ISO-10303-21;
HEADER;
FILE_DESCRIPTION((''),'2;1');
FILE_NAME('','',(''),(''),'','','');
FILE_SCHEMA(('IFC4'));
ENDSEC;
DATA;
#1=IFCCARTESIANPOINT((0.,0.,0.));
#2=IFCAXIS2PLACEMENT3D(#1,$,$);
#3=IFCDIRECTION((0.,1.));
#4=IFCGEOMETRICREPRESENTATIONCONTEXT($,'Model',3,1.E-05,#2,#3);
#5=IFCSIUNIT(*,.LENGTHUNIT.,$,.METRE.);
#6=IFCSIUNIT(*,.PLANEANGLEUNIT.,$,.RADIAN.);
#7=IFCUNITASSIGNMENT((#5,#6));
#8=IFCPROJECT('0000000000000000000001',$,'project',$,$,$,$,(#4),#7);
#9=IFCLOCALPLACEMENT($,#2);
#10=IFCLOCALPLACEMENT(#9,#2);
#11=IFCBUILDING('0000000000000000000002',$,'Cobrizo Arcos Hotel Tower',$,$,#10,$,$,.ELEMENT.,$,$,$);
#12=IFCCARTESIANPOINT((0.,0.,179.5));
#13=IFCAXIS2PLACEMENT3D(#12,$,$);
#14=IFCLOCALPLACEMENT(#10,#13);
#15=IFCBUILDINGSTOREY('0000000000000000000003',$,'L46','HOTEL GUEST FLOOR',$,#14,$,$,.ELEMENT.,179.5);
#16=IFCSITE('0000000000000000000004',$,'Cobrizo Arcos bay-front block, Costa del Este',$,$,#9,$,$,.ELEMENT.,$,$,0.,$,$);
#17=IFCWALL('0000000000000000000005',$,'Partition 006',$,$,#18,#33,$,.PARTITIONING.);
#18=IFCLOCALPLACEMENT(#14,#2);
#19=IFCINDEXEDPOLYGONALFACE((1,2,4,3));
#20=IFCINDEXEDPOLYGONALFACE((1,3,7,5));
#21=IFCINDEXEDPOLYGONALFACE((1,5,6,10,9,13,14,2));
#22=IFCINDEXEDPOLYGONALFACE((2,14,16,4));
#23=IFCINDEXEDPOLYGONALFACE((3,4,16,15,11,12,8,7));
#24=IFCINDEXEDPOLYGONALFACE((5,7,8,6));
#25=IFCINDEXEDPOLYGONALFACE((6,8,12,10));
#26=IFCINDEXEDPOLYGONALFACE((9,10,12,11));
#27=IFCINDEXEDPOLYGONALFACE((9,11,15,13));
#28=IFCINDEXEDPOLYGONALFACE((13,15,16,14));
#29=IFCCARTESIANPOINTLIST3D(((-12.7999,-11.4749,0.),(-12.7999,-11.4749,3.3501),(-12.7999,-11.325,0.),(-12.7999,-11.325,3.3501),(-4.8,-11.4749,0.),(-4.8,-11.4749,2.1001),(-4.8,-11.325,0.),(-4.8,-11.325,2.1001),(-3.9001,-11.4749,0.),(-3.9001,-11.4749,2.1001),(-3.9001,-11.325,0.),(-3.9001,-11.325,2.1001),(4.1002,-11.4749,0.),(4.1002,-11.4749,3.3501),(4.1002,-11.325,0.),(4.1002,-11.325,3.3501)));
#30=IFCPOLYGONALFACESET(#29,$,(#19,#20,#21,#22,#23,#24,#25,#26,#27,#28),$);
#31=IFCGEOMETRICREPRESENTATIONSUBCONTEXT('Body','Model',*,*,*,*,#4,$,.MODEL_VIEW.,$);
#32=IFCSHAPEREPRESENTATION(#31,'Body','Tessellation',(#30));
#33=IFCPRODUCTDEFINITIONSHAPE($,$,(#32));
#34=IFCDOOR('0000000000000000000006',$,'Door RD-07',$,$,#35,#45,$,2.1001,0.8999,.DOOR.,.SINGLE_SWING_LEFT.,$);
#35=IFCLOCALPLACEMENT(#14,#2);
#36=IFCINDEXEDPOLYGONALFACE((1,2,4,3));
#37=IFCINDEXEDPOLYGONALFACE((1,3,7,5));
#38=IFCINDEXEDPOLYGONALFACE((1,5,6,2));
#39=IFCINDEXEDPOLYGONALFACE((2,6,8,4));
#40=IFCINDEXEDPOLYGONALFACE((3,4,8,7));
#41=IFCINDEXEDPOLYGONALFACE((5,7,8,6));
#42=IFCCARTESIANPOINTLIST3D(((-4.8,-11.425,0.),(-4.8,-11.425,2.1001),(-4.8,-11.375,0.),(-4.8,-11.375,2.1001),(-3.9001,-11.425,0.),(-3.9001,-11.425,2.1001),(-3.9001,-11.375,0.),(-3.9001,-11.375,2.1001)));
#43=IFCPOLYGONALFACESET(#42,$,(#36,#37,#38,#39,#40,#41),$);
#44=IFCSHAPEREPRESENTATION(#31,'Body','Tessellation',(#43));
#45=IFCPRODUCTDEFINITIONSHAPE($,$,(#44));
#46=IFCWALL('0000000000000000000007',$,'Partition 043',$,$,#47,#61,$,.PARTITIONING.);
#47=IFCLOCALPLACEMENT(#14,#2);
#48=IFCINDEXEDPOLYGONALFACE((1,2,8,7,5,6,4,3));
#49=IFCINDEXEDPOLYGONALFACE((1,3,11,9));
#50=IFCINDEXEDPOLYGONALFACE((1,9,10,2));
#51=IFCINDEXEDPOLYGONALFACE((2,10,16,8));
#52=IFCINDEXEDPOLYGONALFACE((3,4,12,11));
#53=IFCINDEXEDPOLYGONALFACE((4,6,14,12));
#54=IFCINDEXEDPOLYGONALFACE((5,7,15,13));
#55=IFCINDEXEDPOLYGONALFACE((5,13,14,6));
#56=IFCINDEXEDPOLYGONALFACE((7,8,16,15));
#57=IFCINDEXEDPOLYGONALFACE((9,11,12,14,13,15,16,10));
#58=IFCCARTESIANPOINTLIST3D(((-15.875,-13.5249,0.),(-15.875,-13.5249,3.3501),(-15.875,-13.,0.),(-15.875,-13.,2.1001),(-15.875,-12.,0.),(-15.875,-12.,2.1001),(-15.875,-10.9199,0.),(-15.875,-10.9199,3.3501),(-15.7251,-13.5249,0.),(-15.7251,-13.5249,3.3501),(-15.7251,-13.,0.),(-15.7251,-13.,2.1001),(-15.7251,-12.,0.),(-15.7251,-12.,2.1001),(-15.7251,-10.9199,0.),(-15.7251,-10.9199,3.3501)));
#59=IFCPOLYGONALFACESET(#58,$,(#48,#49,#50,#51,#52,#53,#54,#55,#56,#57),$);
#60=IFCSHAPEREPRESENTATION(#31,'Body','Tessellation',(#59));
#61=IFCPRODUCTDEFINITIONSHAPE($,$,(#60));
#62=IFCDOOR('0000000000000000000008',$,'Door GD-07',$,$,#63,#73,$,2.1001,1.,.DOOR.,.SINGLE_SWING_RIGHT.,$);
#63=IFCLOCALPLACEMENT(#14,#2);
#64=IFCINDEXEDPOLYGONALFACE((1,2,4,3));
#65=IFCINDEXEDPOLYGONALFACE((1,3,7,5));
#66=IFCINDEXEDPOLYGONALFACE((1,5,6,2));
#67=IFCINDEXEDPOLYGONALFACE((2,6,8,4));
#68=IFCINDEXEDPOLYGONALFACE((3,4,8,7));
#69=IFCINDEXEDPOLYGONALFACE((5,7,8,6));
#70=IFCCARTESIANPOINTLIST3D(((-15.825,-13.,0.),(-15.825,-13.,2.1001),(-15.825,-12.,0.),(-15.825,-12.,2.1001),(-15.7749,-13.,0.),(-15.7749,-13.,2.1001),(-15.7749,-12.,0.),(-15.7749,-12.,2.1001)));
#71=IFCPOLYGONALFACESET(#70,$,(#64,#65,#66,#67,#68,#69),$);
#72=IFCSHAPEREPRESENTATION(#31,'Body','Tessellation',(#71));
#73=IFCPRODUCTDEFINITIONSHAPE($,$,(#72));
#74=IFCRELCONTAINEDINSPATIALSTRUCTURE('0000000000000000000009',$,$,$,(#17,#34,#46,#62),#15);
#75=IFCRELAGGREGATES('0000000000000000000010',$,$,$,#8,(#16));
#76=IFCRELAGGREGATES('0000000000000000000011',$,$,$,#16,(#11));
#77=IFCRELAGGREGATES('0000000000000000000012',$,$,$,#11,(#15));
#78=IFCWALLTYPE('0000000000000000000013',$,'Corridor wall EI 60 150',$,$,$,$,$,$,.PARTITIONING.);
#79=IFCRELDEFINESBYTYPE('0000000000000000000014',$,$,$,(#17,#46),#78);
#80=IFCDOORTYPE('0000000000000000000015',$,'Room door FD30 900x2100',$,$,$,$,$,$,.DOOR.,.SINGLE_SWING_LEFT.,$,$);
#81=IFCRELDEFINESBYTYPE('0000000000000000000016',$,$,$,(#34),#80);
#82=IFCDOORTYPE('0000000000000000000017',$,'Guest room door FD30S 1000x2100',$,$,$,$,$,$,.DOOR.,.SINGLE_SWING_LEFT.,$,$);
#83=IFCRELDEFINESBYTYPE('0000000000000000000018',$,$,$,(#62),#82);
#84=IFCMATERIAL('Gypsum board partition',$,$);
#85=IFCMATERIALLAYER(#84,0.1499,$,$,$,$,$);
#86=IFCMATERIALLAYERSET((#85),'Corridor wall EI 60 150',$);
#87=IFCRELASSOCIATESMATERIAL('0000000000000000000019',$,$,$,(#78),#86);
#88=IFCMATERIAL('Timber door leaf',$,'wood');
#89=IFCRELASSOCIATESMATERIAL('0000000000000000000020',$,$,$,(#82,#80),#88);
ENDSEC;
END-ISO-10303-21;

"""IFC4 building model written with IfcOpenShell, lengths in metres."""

from ifc_helpers import new_model, si_unit, direction, frame, frame_2d, origin, place, context, subcontext, project, spatial, rectangle, extrude, material, layer, layer_set, type_object, element, fill, save


model = new_model("IFC4")

# Units and contexts
model_context = context("Model", 3, precision=1e-05, world=origin(), true_north=direction((0.0, 1.0)))
body_context = subcontext(model_context, "Body", "Model", "MODEL_VIEW")
ifc_project = project(units=[si_unit("LENGTHUNIT", "METRE"), si_unit("PLANEANGLEUNIT", "RADIAN")], contexts=[model_context])

# Site, building, storey
site_placement = place(None, origin())
site = spatial("IfcSite", under=ifc_project, at=site_placement, Name="Cobrizo Arcos bay-front block, Costa del Este", CompositionType="ELEMENT", RefElevation=0.0)
building_placement = place(site_placement, origin())
building = spatial("IfcBuilding", under=site, at=building_placement, Name="Cobrizo Arcos Hotel Tower", CompositionType="ELEMENT")
storey_placement = place(building_placement, frame((0.0, 0.0, 179.5)))
storey = spatial("IfcBuildingStorey", under=building, at=storey_placement, Name="L46", Description="HOTEL GUEST FLOOR", CompositionType="ELEMENT", Elevation=179.5)

# Shared definitions
ifc_material_1 = material(Name="Gypsum board partition")
ifc_layer_1 = layer(ifc_material_1, 0.1499)
ifc_layer_set_1 = layer_set([ifc_layer_1], Name="Corridor wall EI 60 150")
wall_type_1 = type_object("IfcWallType", Name="Corridor wall EI 60 150", PredefinedType="PARTITIONING", material=ifc_layer_set_1)
ifc_material_2 = material(Name="Timber door leaf", Category="wood")
door_type_1 = type_object("IfcDoorType", Name="Guest room door FD30S 1000x2100", OperationType="SINGLE_SWING_LEFT", PredefinedType="DOOR", material=ifc_material_2)
door_type_2 = type_object("IfcDoorType", Name="Room door FD30 900x2100", OperationType="SINGLE_SWING_LEFT", PredefinedType="DOOR", material=ifc_material_2)

# Walls, openings, doors
wall_1_placement = place(storey_placement, frame((-12.8, -11.3999, 0.0), z_axis=(0.0, 0.0, 1.0), x_axis=(1.0, 0.0, 0.0)))
wall_1 = element("IfcWall", 1, at=wall_1_placement, inside=storey, type_object=wall_type_1, Name="Partition 006", PredefinedType="PARTITIONING", context=body_context, shape_type="SweptSolid", body=[
    extrude(rectangle(XDim=16.9001, YDim=0.1499, at=frame_2d((8.4502, 0.0))), origin(), (0.0, 0.0, 1.0), 3.3501),
])
opening_1_placement = place(wall_1_placement, frame((8.0, 0.0, 0.0)))
opening_1 = element("IfcOpeningElement", 2, at=opening_1_placement, cuts=wall_1, PredefinedType="OPENING", context=body_context, shape_type="SweptSolid", body=[
    extrude(rectangle(XDim=0.8999, YDim=2.1001, at=frame_2d((0.45, 1.05))), frame((0.0, 0.0869, 0.0), z_axis=(0.0, -1.0, 0.0), x_axis=(1.0, 0.0, 0.0)), (0.0, 0.0, 1.0), 0.1738),
])
door_1_placement = place(opening_1_placement, origin())
door_1 = element("IfcDoor", 3, at=door_1_placement, inside=storey, type_object=door_type_2, Name="Door RD-07", OperationType="SINGLE_SWING_LEFT", OverallHeight=2.1001, OverallWidth=0.8999, PredefinedType="DOOR", context=body_context, shape_type="SweptSolid", body=[
    extrude(rectangle(XDim=0.8999, YDim=2.1001, at=frame_2d((0.45, 1.05))), frame((0.0, 0.0249, 0.0), z_axis=(0.0, -1.0, 0.0), x_axis=(1.0, 0.0, 0.0)), (0.0, 0.0, 1.0), 0.05),
])
fill(opening_1, door_1)
wall_2_placement = place(storey_placement, frame((-15.8, -13.5249, 0.0), z_axis=(0.0, 0.0, 1.0), x_axis=(0.0, 1.0, 0.0)))
wall_2 = element("IfcWall", 4, at=wall_2_placement, inside=storey, type_object=wall_type_1, Name="Partition 043", PredefinedType="PARTITIONING", context=body_context, shape_type="SweptSolid", body=[
    extrude(rectangle(XDim=2.605, YDim=0.1499, at=frame_2d((1.3025, 0.0))), origin(), (0.0, 0.0, 1.0), 3.3501),
])
opening_2_placement = place(wall_2_placement, frame((0.5249, 0.0, 0.0)))
opening_2 = element("IfcOpeningElement", 5, at=opening_2_placement, cuts=wall_2, PredefinedType="OPENING", context=body_context, shape_type="SweptSolid", body=[
    extrude(rectangle(XDim=1.0, YDim=2.1001, at=frame_2d((0.5, 1.05))), frame((0.0, 0.0869, 0.0), z_axis=(0.0, -1.0, 0.0), x_axis=(1.0, 0.0, 0.0)), (0.0, 0.0, 1.0), 0.1738),
])
door_2_placement = place(opening_2_placement, origin())
door_2 = element("IfcDoor", 6, at=door_2_placement, inside=storey, type_object=door_type_1, Name="Door GD-07", OperationType="SINGLE_SWING_RIGHT", OverallHeight=2.1001, OverallWidth=1.0, PredefinedType="DOOR", context=body_context, shape_type="SweptSolid", body=[
    extrude(rectangle(XDim=1.0, YDim=2.1001, at=frame_2d((0.5, 1.05))), frame((0.0, 0.0249, 0.0), z_axis=(0.0, -1.0, 0.0), x_axis=(1.0, 0.0, 0.0)), (0.0, 0.0, 1.0), 0.05),
])
fill(opening_2, door_2)

save(model, "model.ifc")
